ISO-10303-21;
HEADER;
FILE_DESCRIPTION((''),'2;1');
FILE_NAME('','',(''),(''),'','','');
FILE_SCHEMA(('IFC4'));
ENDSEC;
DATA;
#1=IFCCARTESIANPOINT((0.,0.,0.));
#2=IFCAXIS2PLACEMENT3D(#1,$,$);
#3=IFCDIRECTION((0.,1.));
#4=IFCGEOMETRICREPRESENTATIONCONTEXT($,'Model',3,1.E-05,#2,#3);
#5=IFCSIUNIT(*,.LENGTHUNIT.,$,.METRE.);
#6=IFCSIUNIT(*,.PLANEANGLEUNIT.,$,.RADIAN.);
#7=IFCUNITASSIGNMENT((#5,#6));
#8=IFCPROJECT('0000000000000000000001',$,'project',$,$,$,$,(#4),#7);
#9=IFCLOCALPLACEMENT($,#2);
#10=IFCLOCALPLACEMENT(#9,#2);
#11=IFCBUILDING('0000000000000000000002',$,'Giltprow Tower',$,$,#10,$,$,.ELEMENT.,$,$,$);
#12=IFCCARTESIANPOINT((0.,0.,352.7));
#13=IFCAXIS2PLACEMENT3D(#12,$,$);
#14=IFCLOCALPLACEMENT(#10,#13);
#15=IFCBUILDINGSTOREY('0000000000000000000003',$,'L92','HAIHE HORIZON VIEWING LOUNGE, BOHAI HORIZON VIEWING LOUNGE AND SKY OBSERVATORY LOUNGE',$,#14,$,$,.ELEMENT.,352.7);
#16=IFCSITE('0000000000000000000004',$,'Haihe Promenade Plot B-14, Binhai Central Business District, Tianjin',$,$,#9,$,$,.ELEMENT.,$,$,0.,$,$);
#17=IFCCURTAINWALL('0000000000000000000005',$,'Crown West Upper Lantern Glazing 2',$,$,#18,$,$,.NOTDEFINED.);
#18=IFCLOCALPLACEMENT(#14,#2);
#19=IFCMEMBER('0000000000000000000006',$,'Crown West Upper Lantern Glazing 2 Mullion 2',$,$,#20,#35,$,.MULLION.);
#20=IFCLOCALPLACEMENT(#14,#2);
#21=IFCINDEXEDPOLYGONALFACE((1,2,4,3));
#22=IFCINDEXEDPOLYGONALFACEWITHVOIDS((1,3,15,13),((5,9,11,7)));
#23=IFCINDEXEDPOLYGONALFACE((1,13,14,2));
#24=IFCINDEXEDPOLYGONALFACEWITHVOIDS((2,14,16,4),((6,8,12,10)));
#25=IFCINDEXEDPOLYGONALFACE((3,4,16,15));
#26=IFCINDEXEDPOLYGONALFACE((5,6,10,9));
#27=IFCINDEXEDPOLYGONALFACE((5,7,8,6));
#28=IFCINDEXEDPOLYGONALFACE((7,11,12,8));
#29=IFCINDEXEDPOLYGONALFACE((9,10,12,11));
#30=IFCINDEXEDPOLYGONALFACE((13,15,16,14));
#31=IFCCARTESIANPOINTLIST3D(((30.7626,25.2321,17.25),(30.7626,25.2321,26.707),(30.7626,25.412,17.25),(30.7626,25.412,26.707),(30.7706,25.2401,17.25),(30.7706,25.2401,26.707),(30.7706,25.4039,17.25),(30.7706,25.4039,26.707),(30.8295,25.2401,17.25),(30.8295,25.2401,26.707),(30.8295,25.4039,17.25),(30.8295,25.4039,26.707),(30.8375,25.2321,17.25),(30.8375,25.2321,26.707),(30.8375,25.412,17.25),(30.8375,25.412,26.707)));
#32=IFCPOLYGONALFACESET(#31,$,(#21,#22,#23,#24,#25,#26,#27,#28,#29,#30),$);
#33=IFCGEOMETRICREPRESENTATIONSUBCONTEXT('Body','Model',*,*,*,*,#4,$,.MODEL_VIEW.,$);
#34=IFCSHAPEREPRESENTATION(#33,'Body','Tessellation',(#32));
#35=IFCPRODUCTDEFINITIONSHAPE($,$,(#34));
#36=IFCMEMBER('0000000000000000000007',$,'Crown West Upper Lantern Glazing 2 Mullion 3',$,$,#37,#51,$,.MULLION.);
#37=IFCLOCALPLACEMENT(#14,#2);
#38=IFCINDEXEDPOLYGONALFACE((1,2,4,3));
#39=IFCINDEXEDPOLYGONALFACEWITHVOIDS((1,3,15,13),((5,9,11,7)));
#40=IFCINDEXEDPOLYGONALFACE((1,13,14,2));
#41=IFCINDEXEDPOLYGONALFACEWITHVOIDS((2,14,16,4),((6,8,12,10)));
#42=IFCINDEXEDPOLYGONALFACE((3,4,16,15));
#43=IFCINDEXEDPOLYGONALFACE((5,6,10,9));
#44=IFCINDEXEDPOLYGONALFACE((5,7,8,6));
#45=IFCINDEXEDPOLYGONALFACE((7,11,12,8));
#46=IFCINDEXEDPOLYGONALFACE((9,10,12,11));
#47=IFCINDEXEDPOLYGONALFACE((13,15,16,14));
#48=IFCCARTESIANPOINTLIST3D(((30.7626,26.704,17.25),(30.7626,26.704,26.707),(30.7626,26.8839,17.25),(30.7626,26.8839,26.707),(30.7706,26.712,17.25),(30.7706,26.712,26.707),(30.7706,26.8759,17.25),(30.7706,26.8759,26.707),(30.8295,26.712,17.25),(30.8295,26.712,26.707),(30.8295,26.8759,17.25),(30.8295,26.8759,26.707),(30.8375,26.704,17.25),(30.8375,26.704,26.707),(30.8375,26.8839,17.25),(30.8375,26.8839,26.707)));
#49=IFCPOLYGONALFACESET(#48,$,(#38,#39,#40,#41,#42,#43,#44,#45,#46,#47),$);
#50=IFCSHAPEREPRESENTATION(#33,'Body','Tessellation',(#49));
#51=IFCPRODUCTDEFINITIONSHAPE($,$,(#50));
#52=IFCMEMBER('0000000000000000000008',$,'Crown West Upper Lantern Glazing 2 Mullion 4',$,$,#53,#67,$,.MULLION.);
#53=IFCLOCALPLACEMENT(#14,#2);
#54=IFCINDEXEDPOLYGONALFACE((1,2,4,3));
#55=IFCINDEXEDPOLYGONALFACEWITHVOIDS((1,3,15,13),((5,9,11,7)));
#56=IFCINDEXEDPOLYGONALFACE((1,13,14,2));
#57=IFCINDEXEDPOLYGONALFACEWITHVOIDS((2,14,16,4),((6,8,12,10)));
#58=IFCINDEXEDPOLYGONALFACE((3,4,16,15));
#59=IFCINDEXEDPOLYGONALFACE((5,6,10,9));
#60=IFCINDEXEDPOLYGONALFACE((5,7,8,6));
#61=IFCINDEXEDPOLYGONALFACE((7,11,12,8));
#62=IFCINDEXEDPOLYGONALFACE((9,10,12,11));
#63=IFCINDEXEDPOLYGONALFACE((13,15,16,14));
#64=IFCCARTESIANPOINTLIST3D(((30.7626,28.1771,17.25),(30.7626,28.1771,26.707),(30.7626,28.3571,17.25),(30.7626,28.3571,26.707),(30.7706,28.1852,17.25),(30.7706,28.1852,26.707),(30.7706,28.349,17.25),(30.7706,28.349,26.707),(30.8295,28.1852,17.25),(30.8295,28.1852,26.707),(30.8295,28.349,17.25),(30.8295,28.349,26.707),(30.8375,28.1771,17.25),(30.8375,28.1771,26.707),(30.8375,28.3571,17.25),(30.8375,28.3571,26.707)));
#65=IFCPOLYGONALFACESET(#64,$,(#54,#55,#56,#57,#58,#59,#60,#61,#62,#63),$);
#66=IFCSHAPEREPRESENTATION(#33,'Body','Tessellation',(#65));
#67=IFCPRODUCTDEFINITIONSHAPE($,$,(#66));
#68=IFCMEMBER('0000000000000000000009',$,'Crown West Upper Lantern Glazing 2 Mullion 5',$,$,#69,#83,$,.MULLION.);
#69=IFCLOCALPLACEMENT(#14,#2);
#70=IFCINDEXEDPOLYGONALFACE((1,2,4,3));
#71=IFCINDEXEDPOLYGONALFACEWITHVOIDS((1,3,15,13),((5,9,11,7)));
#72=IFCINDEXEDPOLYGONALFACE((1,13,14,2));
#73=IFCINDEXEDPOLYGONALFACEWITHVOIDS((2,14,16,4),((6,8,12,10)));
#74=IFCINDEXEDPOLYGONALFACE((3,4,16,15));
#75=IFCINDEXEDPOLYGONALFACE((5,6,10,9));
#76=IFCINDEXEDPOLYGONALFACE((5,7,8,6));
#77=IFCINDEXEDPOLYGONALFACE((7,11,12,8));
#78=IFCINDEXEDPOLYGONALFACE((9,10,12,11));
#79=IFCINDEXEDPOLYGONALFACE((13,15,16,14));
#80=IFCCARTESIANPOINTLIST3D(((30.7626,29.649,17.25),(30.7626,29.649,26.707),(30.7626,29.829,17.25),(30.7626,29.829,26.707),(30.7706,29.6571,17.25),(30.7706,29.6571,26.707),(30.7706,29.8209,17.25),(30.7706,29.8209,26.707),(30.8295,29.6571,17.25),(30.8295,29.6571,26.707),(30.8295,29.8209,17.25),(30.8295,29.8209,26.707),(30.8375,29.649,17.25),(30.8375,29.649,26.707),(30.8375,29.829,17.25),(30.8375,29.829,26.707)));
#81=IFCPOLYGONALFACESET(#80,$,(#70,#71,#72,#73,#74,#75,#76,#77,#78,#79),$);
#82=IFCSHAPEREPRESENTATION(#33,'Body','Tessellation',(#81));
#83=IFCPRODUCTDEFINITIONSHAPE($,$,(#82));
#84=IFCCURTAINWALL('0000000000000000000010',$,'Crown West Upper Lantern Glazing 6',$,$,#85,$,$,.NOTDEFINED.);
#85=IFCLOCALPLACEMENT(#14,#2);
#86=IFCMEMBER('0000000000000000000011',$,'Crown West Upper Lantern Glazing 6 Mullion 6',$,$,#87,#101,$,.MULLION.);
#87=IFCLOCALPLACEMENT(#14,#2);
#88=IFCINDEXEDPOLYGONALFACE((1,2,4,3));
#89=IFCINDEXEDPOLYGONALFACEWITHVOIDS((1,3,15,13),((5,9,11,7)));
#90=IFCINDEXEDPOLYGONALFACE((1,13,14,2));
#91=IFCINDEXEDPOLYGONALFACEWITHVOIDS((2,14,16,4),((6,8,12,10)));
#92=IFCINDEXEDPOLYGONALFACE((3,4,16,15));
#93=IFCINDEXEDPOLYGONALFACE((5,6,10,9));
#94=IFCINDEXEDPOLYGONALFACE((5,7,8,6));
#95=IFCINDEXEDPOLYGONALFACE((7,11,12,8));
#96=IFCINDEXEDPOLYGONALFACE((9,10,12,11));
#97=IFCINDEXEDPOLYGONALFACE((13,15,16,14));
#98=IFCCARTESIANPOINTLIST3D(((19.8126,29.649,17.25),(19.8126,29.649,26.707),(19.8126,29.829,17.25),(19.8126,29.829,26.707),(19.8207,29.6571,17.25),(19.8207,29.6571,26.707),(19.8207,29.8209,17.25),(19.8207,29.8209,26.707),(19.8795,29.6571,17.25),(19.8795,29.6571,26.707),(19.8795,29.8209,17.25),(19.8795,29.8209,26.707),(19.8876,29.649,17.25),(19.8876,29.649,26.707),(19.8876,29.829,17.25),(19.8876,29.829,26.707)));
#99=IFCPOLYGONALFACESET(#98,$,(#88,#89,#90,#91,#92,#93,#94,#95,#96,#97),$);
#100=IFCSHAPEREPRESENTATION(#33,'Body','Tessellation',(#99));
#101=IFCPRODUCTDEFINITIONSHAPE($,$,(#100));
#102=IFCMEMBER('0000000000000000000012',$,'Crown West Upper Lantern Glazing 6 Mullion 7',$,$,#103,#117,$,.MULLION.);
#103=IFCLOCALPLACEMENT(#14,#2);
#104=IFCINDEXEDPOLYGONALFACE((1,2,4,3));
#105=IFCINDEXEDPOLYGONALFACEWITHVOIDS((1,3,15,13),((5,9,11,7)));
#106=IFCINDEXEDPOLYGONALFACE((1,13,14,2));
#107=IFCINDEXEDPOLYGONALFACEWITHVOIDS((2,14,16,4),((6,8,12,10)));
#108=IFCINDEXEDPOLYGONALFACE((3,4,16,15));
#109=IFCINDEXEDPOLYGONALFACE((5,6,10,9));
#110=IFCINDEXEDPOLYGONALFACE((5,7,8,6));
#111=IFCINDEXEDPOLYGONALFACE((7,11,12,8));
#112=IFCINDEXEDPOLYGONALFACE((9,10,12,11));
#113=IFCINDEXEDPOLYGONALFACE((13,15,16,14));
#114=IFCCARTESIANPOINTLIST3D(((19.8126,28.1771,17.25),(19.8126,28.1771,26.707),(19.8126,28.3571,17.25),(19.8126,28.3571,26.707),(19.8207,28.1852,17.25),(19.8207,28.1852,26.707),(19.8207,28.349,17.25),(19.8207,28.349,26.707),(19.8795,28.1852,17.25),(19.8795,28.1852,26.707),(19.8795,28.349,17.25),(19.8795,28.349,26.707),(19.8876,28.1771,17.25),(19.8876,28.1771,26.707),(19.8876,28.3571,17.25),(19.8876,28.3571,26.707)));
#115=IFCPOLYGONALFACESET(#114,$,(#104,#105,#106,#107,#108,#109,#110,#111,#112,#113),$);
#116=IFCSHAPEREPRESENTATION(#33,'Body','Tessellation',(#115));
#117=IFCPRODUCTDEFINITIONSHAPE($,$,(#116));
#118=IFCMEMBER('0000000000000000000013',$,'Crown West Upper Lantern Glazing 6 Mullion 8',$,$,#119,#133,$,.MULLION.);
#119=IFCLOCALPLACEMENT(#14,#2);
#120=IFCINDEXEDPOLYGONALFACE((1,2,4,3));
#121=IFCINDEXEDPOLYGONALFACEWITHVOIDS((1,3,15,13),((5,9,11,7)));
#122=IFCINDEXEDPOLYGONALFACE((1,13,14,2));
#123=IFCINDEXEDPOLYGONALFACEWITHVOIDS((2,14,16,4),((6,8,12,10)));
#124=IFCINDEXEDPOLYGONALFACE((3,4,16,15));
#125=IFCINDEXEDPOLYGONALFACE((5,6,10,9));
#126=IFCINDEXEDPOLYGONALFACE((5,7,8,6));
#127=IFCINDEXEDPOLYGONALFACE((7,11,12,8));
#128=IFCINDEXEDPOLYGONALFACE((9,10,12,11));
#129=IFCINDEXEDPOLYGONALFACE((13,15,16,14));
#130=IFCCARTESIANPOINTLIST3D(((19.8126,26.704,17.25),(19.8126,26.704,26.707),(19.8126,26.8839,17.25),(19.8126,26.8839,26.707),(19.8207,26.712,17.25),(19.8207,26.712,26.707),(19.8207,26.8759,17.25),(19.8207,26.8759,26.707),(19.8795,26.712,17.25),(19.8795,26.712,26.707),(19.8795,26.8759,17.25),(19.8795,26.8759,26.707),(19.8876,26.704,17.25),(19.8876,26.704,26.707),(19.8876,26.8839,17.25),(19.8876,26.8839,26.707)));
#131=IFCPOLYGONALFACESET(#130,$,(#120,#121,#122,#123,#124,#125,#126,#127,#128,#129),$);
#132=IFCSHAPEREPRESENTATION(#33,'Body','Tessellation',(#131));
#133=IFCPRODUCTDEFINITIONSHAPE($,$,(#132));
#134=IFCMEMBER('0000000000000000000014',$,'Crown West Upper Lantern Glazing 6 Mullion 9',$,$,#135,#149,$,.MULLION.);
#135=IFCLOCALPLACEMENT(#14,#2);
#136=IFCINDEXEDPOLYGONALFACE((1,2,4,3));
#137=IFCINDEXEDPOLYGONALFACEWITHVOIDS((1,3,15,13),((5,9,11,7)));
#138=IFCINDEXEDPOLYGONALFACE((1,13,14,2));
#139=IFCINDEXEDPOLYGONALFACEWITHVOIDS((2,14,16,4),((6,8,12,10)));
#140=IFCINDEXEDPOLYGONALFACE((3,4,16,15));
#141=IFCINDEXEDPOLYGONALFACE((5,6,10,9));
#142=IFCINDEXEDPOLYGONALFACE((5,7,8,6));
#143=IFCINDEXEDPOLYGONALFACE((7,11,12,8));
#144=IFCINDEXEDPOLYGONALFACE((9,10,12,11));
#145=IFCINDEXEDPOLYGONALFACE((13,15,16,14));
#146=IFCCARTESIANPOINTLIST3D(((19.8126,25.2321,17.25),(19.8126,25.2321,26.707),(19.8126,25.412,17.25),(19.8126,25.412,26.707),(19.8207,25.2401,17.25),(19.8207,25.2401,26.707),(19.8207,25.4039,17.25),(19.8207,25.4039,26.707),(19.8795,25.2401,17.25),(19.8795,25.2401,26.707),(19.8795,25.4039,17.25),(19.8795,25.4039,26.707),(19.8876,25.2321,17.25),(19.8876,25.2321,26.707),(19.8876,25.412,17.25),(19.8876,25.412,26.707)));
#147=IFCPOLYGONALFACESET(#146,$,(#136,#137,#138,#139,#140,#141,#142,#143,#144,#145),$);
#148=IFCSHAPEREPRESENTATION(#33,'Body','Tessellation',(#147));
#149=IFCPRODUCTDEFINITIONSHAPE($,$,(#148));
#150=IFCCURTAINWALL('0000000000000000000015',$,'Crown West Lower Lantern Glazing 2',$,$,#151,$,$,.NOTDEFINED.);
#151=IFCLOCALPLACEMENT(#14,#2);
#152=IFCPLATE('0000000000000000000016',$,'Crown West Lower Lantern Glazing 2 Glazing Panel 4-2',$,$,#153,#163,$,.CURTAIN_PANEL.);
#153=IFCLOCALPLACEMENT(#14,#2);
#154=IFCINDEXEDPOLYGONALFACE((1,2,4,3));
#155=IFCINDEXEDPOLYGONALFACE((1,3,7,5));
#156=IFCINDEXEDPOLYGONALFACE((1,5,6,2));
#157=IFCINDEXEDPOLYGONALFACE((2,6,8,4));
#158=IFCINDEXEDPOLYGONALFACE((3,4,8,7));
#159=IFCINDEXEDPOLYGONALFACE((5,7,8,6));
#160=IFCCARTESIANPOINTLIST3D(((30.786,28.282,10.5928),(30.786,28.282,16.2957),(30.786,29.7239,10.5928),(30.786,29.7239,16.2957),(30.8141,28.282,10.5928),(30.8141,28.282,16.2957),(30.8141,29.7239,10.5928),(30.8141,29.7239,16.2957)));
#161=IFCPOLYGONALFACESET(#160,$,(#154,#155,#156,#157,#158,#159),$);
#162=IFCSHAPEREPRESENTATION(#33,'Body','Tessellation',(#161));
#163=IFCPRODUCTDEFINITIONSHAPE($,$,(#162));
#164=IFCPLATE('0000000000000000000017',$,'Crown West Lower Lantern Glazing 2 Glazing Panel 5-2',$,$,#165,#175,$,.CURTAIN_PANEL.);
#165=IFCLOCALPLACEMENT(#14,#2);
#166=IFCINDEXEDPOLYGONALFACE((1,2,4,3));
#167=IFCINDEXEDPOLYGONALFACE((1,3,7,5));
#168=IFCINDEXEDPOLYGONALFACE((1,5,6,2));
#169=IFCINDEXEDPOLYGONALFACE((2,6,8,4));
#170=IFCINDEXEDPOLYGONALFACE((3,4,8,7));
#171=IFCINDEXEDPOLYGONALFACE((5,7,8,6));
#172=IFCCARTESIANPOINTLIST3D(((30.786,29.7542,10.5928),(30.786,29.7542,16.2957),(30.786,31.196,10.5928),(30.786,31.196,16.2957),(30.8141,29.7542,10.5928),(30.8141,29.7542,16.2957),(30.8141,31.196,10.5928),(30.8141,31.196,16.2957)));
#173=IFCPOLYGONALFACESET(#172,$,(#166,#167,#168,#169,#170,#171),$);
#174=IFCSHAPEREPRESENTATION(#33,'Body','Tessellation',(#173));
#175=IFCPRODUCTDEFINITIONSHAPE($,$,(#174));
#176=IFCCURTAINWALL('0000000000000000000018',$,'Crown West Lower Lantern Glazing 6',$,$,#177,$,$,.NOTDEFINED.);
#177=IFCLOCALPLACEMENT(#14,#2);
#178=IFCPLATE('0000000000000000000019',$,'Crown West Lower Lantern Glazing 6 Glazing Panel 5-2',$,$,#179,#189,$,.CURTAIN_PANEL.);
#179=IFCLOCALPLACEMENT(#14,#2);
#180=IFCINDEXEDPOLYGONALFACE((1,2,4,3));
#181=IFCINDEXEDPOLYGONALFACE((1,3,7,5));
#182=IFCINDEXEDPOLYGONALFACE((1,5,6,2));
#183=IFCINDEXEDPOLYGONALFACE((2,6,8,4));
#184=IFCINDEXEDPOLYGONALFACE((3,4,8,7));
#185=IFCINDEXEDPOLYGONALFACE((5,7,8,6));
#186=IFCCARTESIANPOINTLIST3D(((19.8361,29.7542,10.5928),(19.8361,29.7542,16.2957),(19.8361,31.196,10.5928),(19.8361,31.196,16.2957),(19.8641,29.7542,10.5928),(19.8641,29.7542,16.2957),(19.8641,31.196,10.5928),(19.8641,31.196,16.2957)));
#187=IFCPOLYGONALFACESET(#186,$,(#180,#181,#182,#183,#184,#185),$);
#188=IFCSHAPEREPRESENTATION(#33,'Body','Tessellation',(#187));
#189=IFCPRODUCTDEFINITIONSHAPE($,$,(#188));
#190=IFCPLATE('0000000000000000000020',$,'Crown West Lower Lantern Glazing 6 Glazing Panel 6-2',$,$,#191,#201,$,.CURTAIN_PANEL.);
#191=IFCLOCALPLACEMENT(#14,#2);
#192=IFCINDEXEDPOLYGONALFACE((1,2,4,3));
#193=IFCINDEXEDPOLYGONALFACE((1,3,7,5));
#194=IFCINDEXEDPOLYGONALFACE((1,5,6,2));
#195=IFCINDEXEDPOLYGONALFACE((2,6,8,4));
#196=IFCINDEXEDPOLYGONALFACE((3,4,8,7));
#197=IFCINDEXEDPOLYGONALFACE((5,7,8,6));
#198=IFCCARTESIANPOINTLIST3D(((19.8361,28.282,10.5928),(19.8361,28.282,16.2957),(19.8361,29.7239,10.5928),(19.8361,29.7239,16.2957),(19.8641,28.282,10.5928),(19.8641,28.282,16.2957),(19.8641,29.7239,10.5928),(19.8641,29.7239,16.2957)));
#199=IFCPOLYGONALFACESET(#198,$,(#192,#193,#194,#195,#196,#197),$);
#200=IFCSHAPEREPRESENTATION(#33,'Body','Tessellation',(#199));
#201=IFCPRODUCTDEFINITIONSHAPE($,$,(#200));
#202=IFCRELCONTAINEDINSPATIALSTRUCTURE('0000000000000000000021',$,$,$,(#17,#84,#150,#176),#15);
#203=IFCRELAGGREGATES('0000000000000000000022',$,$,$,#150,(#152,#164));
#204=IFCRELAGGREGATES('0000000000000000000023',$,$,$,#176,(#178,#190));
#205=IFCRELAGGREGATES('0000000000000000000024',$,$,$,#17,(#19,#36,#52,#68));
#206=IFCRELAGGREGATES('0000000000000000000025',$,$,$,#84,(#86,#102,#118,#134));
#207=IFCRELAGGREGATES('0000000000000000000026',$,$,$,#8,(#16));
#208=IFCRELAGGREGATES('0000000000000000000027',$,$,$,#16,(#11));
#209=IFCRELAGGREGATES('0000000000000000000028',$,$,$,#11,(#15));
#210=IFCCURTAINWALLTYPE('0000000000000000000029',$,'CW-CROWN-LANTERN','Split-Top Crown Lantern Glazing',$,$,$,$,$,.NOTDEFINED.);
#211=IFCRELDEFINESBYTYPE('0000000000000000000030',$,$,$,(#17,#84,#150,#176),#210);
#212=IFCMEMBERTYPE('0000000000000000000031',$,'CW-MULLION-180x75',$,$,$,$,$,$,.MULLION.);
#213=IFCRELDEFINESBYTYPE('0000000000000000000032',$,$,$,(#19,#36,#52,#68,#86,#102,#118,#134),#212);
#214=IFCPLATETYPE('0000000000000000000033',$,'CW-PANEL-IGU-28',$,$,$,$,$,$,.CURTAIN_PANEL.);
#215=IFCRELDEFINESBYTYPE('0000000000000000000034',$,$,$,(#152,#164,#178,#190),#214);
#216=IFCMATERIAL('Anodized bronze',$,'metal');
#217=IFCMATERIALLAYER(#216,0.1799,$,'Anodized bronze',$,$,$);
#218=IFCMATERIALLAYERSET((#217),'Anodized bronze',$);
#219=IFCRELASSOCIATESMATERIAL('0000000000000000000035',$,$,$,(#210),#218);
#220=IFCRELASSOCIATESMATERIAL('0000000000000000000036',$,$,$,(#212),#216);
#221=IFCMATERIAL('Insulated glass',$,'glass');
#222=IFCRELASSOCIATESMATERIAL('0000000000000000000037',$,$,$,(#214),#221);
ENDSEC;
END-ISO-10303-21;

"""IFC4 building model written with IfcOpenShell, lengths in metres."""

from ifc_helpers import new_model, si_unit, direction, frame, origin, origin_2d, place, context, subcontext, project, spatial, rectangle, hollow_rectangle, extrude, source, transform, mapped, material, layer, layer_set, material_profile, profile_set, type_object, element, aggregate, save


model = new_model("IFC4")

# Units and contexts
model_context = context("Model", 3, precision=1e-05, world=origin(), true_north=direction((0.0, 1.0)))
body_context = subcontext(model_context, "Body", "Model", "MODEL_VIEW")
ifc_project = project(units=[si_unit("LENGTHUNIT", "METRE"), si_unit("PLANEANGLEUNIT", "RADIAN")], contexts=[model_context])

# Site, building, storey
site_placement = place(None, origin())
site = spatial("IfcSite", under=ifc_project, at=site_placement, Name="Haihe Promenade Plot B-14, Binhai Central Business District, Tianjin", CompositionType="ELEMENT", RefElevation=0.0)
building_placement = place(site_placement, origin())
building = spatial("IfcBuilding", under=site, at=building_placement, Name="Giltprow Tower", CompositionType="ELEMENT")
storey_placement = place(building_placement, frame((0.0, 0.0, 352.7)))
storey = spatial("IfcBuildingStorey", under=building, at=storey_placement, Name="L92", Description="HAIHE HORIZON VIEWING LOUNGE, BOHAI HORIZON VIEWING LOUNGE AND SKY OBSERVATORY LOUNGE", CompositionType="ELEMENT", Elevation=352.7)

# Curtain walls, members
ifc_material_1 = material(Name="Anodized bronze", Category="metal")
ifc_layer = layer(ifc_material_1, 0.1799, Name="Anodized bronze")
ifc_layer_set = layer_set([ifc_layer], Name="Anodized bronze")
curtain_wall_type = type_object("IfcCurtainWallType", Name="CW-CROWN-LANTERN", Description="Split-Top Crown Lantern Glazing", PredefinedType="NOTDEFINED", material=ifc_layer_set)
curtain_wall_1_placement = place(storey_placement, origin())
curtain_wall_1 = element("IfcCurtainWall", 1, at=curtain_wall_1_placement, inside=storey, type_object=curtain_wall_type, Name="Crown West Upper Lantern Glazing 2", PredefinedType="NOTDEFINED")
ifc_material_profile = material_profile(ifc_material_1, hollow_rectangle(XDim=0.075, YDim=0.1799, WallThickness=0.0081, at=origin_2d()), Name="RHS 180x75x8")
ifc_profile_set = profile_set([ifc_material_profile], Name="Anodized bronze")
member_type = type_object("IfcMemberType", Name="CW-MULLION-180x75", PredefinedType="MULLION", material=ifc_profile_set)
shared_shape_1 = source(origin(), body_context, "Body", "SweptSolid", [
    extrude(hollow_rectangle(XDim=0.075, YDim=0.1799, WallThickness=0.0081, at=origin_2d()), origin(), (0.0, 0.0, 1.0), 9.457),
])
member_1_placement = place(storey_placement, frame((30.8, 25.322, 17.25), z_axis=(0.0, 0.0, 1.0), x_axis=(1.0, 0.0, 0.0)))
member_1 = element("IfcMember", 2, at=member_1_placement, type_object=member_type, Name="Crown West Upper Lantern Glazing 2 Mullion 2", PredefinedType="MULLION", context=body_context, shape_type="MappedRepresentation", body=[
    mapped(shared_shape_1, transform((0.0, 0.0, 0.0), x_axis=(1.0, 0.0, 0.0), y_axis=(0.0, 1.0, 0.0), z_axis=(0.0, 0.0, 1.0), scale=1.0)),
])
member_2_placement = place(storey_placement, frame((30.8, 26.7939, 17.25), z_axis=(0.0, 0.0, 1.0), x_axis=(1.0, 0.0, 0.0)))
member_2 = element("IfcMember", 3, at=member_2_placement, type_object=member_type, Name="Crown West Upper Lantern Glazing 2 Mullion 3", PredefinedType="MULLION", context=body_context, shape_type="MappedRepresentation", body=[
    mapped(shared_shape_1, transform((0.0, 0.0, 0.0), x_axis=(1.0, 0.0, 0.0), y_axis=(0.0, 1.0, 0.0), z_axis=(0.0, 0.0, 1.0), scale=1.0)),
])
member_3_placement = place(storey_placement, frame((30.8, 28.2671, 17.25), z_axis=(0.0, 0.0, 1.0), x_axis=(1.0, 0.0, 0.0)))
member_3 = element("IfcMember", 4, at=member_3_placement, type_object=member_type, Name="Crown West Upper Lantern Glazing 2 Mullion 4", PredefinedType="MULLION", context=body_context, shape_type="MappedRepresentation", body=[
    mapped(shared_shape_1, transform((0.0, 0.0, 0.0), x_axis=(1.0, 0.0, 0.0), y_axis=(0.0, 1.0, 0.0), z_axis=(0.0, 0.0, 1.0), scale=1.0)),
])
member_4_placement = place(storey_placement, frame((30.8, 29.739, 17.25), z_axis=(0.0, 0.0, 1.0), x_axis=(1.0, 0.0, 0.0)))
member_4 = element("IfcMember", 5, at=member_4_placement, type_object=member_type, Name="Crown West Upper Lantern Glazing 2 Mullion 5", PredefinedType="MULLION", context=body_context, shape_type="MappedRepresentation", body=[
    mapped(shared_shape_1, transform((0.0, 0.0, 0.0), x_axis=(1.0, 0.0, 0.0), y_axis=(0.0, 1.0, 0.0), z_axis=(0.0, 0.0, 1.0), scale=1.0)),
])
curtain_wall_2_placement = place(storey_placement, origin())
curtain_wall_2 = element("IfcCurtainWall", 6, at=curtain_wall_2_placement, inside=storey, type_object=curtain_wall_type, Name="Crown West Upper Lantern Glazing 6", PredefinedType="NOTDEFINED")
member_5_placement = place(storey_placement, frame((19.8501, 29.739, 17.25), z_axis=(0.0, 0.0, 1.0), x_axis=(1.0, 0.0, 0.0)))
member_5 = element("IfcMember", 7, at=member_5_placement, type_object=member_type, Name="Crown West Upper Lantern Glazing 6 Mullion 6", PredefinedType="MULLION", context=body_context, shape_type="MappedRepresentation", body=[
    mapped(shared_shape_1, transform((0.0, 0.0, 0.0), x_axis=(1.0, 0.0, 0.0), y_axis=(0.0, 1.0, 0.0), z_axis=(0.0, 0.0, 1.0), scale=1.0)),
])
member_6_placement = place(storey_placement, frame((19.8501, 28.2671, 17.25), z_axis=(0.0, 0.0, 1.0), x_axis=(1.0, 0.0, 0.0)))
member_6 = element("IfcMember", 8, at=member_6_placement, type_object=member_type, Name="Crown West Upper Lantern Glazing 6 Mullion 7", PredefinedType="MULLION", context=body_context, shape_type="MappedRepresentation", body=[
    mapped(shared_shape_1, transform((0.0, 0.0, 0.0), x_axis=(1.0, 0.0, 0.0), y_axis=(0.0, 1.0, 0.0), z_axis=(0.0, 0.0, 1.0), scale=1.0)),
])
member_7_placement = place(storey_placement, frame((19.8501, 26.7939, 17.25), z_axis=(0.0, 0.0, 1.0), x_axis=(1.0, 0.0, 0.0)))
member_7 = element("IfcMember", 9, at=member_7_placement, type_object=member_type, Name="Crown West Upper Lantern Glazing 6 Mullion 8", PredefinedType="MULLION", context=body_context, shape_type="MappedRepresentation", body=[
    mapped(shared_shape_1, transform((0.0, 0.0, 0.0), x_axis=(1.0, 0.0, 0.0), y_axis=(0.0, 1.0, 0.0), z_axis=(0.0, 0.0, 1.0), scale=1.0)),
])
member_8_placement = place(storey_placement, frame((19.8501, 25.322, 17.25), z_axis=(0.0, 0.0, 1.0), x_axis=(1.0, 0.0, 0.0)))
member_8 = element("IfcMember", 10, at=member_8_placement, type_object=member_type, Name="Crown West Upper Lantern Glazing 6 Mullion 9", PredefinedType="MULLION", context=body_context, shape_type="MappedRepresentation", body=[
    mapped(shared_shape_1, transform((0.0, 0.0, 0.0), x_axis=(1.0, 0.0, 0.0), y_axis=(0.0, 1.0, 0.0), z_axis=(0.0, 0.0, 1.0), scale=1.0)),
])

# Curtain walls, plates
curtain_wall_3_placement = place(storey_placement, origin())
curtain_wall_3 = element("IfcCurtainWall", 11, at=curtain_wall_3_placement, inside=storey, type_object=curtain_wall_type, Name="Crown West Lower Lantern Glazing 2", PredefinedType="NOTDEFINED")
ifc_material_2 = material(Name="Insulated glass", Category="glass")
plate_type = type_object("IfcPlateType", Name="CW-PANEL-IGU-28", PredefinedType="CURTAIN_PANEL", material=ifc_material_2)
shared_shape_2 = source(origin(), body_context, "Body", "SweptSolid", [
    extrude(rectangle(XDim=1.4419, YDim=0.0281, at=origin_2d()), origin(), (0.0, 0.0, 1.0), 5.7029),
])
plate_1_placement = place(storey_placement, frame((30.8, 29.0029, 10.5928), z_axis=(0.0, 0.0, 1.0), x_axis=(0.0, 1.0, 0.0)))
plate_1 = element("IfcPlate", 12, at=plate_1_placement, type_object=plate_type, Name="Crown West Lower Lantern Glazing 2 Glazing Panel 4-2", PredefinedType="CURTAIN_PANEL", context=body_context, shape_type="MappedRepresentation", body=[
    mapped(shared_shape_2, transform((0.0, 0.0, 0.0), x_axis=(1.0, 0.0, 0.0), y_axis=(0.0, 1.0, 0.0), z_axis=(0.0, 0.0, 1.0), scale=1.0)),
])
plate_2_placement = place(storey_placement, frame((30.8, 30.4751, 10.5928), z_axis=(0.0, 0.0, 1.0), x_axis=(0.0, 1.0, 0.0)))
plate_2 = element("IfcPlate", 13, at=plate_2_placement, type_object=plate_type, Name="Crown West Lower Lantern Glazing 2 Glazing Panel 5-2", PredefinedType="CURTAIN_PANEL", context=body_context, shape_type="MappedRepresentation", body=[
    mapped(shared_shape_2, transform((0.0, 0.0, 0.0), x_axis=(1.0, 0.0, 0.0), y_axis=(0.0, 1.0, 0.0), z_axis=(0.0, 0.0, 1.0), scale=1.0)),
])
aggregate(curtain_wall_3, [plate_1, plate_2])
curtain_wall_4_placement = place(storey_placement, origin())
curtain_wall_4 = element("IfcCurtainWall", 14, at=curtain_wall_4_placement, inside=storey, type_object=curtain_wall_type, Name="Crown West Lower Lantern Glazing 6", PredefinedType="NOTDEFINED")
plate_3_placement = place(storey_placement, frame((19.8501, 30.4751, 10.5928), z_axis=(0.0, 0.0, 1.0), x_axis=(0.0, -1.0, 0.0)))
plate_3 = element("IfcPlate", 15, at=plate_3_placement, type_object=plate_type, Name="Crown West Lower Lantern Glazing 6 Glazing Panel 5-2", PredefinedType="CURTAIN_PANEL", context=body_context, shape_type="MappedRepresentation", body=[
    mapped(shared_shape_2, transform((0.0, 0.0, 0.0), x_axis=(1.0, 0.0, 0.0), y_axis=(0.0, 1.0, 0.0), z_axis=(0.0, 0.0, 1.0), scale=1.0)),
])
plate_4_placement = place(storey_placement, frame((19.8501, 29.0029, 10.5928), z_axis=(0.0, 0.0, 1.0), x_axis=(0.0, -1.0, 0.0)))
plate_4 = element("IfcPlate", 16, at=plate_4_placement, type_object=plate_type, Name="Crown West Lower Lantern Glazing 6 Glazing Panel 6-2", PredefinedType="CURTAIN_PANEL", context=body_context, shape_type="MappedRepresentation", body=[
    mapped(shared_shape_2, transform((0.0, 0.0, 0.0), x_axis=(1.0, 0.0, 0.0), y_axis=(0.0, 1.0, 0.0), z_axis=(0.0, 0.0, 1.0), scale=1.0)),
])
aggregate(curtain_wall_4, [plate_3, plate_4])

aggregate(curtain_wall_1, [member_1, member_2, member_3, member_4])
aggregate(curtain_wall_2, [member_5, member_6, member_7, member_8])

save(model, "model.ifc")
